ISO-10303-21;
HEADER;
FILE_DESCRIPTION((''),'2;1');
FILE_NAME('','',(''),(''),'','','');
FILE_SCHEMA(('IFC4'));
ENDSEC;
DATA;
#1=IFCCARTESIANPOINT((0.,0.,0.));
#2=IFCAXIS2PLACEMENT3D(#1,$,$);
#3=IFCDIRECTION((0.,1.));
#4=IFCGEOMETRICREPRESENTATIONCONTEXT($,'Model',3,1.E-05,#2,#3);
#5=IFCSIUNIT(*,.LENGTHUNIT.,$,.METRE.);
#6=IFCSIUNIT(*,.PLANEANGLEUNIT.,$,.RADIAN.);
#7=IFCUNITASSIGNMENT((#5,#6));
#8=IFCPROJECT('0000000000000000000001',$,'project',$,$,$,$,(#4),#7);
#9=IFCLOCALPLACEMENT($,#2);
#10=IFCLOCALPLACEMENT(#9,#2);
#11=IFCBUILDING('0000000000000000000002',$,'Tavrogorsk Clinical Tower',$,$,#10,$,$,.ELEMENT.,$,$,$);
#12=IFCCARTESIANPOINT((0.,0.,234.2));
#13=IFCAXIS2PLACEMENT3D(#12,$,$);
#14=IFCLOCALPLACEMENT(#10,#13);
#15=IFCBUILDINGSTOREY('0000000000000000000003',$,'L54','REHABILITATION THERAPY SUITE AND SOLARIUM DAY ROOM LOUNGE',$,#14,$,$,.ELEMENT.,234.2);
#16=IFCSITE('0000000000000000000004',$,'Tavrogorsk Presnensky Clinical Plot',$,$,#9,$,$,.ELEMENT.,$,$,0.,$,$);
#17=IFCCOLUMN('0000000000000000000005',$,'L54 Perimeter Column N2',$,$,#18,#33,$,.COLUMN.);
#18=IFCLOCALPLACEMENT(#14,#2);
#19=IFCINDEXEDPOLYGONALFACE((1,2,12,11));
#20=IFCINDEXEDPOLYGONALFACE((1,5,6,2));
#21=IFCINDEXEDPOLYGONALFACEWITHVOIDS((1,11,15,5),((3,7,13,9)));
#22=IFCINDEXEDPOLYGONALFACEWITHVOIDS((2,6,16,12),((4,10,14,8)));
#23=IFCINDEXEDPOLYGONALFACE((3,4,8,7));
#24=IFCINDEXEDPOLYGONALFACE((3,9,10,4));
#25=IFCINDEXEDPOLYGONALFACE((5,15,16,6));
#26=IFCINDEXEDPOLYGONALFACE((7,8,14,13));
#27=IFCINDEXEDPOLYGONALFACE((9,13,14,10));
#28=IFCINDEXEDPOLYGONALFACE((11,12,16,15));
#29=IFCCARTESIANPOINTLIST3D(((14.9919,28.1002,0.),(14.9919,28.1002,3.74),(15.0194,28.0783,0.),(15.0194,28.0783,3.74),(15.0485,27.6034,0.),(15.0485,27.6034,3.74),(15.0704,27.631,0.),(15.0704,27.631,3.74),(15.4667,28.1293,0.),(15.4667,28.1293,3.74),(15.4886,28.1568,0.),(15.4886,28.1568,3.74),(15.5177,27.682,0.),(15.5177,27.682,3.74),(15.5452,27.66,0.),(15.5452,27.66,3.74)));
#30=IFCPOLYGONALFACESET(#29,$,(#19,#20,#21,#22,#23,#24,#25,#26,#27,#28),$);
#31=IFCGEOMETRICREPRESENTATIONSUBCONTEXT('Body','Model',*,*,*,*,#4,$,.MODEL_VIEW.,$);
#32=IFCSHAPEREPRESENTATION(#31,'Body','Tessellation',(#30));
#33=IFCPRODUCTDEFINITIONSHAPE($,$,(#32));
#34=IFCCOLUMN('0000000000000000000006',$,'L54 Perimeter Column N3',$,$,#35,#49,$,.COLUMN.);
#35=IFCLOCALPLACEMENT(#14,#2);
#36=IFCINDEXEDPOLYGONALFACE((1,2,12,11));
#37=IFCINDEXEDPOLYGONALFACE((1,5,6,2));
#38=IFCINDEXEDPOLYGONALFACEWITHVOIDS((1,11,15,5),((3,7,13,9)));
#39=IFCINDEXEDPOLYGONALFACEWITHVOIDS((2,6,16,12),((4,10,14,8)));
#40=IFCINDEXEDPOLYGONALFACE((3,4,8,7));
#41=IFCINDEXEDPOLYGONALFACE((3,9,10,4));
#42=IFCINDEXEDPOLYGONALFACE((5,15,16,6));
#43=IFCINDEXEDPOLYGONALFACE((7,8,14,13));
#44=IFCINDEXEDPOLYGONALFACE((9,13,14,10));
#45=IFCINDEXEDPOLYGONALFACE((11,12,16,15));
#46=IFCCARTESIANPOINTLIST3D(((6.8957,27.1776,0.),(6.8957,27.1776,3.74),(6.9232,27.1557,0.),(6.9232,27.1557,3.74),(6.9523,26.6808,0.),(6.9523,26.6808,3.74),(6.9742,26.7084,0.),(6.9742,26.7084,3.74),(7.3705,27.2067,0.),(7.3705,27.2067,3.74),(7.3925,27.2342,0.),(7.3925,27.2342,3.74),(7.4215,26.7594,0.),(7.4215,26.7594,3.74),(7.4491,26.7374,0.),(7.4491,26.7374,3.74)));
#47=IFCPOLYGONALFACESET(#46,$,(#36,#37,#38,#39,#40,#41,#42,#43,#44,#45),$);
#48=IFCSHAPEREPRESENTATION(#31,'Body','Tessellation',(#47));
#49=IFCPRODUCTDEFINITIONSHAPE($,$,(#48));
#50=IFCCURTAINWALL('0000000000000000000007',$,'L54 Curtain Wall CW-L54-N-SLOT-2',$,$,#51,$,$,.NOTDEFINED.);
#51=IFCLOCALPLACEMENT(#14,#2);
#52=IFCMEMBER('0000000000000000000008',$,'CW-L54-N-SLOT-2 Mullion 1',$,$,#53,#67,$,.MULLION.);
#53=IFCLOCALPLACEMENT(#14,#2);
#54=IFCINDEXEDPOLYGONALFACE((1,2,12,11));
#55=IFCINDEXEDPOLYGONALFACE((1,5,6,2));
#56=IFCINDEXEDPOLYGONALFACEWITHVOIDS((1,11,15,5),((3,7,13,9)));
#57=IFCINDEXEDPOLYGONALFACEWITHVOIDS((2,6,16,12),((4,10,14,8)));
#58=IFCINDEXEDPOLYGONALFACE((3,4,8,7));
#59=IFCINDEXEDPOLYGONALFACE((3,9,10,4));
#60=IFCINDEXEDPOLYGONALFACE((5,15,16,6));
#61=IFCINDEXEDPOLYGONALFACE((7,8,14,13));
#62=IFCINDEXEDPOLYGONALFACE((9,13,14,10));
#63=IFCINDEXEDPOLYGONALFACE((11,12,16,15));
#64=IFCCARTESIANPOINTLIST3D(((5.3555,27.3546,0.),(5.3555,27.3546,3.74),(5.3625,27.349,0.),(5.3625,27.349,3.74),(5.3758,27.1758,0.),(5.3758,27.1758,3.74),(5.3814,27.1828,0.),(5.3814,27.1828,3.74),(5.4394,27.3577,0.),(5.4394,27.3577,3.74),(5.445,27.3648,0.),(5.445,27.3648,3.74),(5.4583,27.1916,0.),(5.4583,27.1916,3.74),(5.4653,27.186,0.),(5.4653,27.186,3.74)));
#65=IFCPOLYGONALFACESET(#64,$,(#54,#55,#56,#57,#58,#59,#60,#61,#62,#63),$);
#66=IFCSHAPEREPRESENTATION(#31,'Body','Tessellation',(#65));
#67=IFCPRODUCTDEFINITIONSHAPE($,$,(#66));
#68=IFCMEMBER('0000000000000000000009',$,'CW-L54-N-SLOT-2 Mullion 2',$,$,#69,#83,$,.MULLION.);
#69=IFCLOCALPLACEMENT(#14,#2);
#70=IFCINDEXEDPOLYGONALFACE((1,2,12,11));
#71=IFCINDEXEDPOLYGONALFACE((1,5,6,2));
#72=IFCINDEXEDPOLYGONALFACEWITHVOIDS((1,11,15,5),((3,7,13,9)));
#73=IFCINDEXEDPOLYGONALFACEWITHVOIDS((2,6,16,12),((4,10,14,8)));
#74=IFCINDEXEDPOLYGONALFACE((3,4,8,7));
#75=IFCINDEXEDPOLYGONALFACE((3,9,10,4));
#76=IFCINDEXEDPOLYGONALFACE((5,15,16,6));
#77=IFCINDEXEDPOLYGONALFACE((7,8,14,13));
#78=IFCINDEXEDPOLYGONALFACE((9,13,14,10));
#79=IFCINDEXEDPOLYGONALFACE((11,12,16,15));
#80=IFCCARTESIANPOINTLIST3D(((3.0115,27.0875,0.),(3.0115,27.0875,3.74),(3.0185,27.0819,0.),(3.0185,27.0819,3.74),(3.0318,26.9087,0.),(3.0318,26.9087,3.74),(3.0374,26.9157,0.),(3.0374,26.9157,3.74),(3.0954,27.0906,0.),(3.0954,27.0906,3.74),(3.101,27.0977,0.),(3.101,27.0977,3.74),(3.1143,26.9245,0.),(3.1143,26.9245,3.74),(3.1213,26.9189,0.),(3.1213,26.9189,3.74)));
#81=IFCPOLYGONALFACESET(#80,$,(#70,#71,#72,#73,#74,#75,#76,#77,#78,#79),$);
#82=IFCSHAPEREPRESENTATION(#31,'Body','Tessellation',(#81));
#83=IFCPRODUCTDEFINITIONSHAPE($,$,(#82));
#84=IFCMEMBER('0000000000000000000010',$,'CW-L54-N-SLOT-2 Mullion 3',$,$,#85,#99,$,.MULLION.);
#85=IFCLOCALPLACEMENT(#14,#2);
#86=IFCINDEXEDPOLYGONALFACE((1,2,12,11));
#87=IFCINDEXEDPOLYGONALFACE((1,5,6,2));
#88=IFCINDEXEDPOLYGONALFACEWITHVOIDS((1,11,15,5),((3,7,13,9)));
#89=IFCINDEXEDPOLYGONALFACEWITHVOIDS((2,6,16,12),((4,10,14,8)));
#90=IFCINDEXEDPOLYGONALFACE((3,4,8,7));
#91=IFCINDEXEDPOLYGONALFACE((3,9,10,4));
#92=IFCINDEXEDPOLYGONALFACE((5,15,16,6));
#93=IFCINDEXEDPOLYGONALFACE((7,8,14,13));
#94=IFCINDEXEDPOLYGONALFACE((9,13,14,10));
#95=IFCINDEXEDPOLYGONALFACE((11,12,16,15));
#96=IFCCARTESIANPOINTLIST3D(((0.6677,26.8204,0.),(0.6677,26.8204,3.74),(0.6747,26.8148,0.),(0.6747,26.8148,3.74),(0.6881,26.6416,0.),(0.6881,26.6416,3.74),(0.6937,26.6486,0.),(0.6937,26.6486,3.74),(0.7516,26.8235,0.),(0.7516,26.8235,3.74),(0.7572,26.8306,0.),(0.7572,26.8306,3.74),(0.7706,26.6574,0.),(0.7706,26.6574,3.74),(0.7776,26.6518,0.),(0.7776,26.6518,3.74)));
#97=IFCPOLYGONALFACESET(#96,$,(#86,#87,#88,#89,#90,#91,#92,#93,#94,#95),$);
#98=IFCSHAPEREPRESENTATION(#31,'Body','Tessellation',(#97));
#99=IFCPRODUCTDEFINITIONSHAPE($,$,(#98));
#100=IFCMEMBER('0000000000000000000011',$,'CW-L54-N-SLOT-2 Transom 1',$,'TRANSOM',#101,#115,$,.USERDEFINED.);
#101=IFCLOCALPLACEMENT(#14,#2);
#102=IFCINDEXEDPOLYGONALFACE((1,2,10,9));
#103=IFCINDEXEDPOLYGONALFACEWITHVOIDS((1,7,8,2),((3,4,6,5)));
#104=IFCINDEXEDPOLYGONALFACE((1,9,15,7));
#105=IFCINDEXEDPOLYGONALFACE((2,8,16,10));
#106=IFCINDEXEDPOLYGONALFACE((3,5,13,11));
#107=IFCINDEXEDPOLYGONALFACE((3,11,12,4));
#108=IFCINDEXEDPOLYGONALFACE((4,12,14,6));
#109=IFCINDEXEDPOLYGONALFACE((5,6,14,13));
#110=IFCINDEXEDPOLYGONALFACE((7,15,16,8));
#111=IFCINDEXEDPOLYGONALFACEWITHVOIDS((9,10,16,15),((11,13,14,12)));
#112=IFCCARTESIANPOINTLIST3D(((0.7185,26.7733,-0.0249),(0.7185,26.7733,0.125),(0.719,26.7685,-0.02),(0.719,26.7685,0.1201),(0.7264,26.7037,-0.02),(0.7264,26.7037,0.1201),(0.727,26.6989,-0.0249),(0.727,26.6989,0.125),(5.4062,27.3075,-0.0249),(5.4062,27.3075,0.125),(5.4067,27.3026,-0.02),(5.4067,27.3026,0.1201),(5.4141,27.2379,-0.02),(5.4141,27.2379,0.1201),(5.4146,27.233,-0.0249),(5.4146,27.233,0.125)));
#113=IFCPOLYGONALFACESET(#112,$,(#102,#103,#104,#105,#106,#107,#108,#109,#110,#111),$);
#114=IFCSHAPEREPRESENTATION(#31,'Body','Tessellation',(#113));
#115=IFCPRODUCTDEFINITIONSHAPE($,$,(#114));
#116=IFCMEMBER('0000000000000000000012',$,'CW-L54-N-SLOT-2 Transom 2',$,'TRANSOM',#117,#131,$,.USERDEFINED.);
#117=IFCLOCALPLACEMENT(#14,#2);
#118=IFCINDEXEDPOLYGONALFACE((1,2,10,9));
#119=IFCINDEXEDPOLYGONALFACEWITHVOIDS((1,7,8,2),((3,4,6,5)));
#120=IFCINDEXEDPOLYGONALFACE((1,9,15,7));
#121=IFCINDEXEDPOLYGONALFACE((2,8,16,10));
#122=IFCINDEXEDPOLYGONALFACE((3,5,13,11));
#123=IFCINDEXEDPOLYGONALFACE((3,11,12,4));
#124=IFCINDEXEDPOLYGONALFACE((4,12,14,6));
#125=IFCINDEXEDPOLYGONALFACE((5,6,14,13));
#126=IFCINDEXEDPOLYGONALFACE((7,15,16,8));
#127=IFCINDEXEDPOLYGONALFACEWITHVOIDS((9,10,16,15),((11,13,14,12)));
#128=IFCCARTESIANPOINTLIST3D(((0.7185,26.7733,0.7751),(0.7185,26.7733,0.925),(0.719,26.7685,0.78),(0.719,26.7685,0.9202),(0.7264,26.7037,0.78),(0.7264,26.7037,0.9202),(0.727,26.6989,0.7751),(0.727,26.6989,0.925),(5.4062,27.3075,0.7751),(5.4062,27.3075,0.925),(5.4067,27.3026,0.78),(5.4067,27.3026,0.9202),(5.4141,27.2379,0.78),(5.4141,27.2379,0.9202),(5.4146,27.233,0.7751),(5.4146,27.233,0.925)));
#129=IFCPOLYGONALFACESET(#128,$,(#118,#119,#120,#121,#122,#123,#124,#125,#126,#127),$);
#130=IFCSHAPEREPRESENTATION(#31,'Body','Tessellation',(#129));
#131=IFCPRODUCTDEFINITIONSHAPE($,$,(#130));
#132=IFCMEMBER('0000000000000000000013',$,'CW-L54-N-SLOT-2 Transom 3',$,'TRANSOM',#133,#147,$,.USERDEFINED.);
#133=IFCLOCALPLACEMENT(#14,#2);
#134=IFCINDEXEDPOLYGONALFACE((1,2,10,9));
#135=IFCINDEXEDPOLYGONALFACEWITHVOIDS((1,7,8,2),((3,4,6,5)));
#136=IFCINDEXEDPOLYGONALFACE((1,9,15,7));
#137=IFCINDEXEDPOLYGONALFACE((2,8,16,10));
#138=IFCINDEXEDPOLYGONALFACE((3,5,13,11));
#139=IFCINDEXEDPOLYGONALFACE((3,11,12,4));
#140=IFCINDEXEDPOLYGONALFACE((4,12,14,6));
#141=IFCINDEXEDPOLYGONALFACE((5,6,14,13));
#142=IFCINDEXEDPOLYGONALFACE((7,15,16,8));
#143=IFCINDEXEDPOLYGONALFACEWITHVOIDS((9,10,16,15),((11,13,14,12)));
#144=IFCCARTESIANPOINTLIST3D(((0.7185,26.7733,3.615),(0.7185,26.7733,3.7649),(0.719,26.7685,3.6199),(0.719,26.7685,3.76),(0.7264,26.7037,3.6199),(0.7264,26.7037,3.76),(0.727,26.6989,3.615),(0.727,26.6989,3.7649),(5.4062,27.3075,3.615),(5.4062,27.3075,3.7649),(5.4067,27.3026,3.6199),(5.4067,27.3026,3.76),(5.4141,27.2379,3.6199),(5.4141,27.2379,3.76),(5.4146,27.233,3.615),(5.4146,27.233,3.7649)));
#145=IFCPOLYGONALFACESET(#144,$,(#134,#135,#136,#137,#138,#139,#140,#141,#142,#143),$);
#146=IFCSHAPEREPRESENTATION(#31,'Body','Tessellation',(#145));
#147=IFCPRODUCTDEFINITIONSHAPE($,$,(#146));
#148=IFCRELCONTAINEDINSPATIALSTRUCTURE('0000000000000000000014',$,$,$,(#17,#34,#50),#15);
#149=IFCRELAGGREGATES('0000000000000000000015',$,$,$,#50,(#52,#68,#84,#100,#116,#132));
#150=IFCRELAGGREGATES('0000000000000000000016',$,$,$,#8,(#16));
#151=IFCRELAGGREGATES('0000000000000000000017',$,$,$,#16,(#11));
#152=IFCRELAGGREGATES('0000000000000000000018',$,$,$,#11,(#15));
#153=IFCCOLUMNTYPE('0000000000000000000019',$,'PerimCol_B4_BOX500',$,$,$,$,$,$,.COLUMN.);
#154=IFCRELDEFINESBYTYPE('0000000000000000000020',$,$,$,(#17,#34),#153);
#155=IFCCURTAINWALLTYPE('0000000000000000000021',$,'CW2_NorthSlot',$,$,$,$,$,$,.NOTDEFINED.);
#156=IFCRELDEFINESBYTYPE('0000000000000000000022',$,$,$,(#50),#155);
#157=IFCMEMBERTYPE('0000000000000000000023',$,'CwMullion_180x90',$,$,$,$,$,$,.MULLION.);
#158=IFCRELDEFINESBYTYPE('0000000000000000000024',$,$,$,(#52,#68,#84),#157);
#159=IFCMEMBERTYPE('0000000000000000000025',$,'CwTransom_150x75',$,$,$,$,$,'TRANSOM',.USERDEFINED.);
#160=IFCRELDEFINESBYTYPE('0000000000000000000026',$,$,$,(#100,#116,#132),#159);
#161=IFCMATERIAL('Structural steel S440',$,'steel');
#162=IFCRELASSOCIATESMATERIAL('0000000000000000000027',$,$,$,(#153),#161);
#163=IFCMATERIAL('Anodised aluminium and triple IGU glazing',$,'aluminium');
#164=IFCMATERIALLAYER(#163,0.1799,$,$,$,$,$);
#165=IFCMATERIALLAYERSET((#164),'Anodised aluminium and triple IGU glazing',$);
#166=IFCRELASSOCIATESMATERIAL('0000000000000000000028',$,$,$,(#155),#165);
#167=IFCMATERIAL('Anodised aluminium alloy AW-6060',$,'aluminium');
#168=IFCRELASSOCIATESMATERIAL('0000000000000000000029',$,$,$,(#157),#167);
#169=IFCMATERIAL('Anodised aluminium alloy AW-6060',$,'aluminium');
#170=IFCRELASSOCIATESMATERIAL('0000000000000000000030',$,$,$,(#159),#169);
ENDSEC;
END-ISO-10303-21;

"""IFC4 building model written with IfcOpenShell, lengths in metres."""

from ifc_helpers import new_model, si_unit, direction, frame, origin, origin_2d, place, context, subcontext, project, spatial, hollow_rectangle, extrude, material, layer, layer_set, material_profile, profile_set, type_object, element, aggregate, save


model = new_model("IFC4")

# Units and contexts
model_context = context("Model", 3, precision=1e-05, world=origin(), true_north=direction((0.0, 1.0)))
body_context = subcontext(model_context, "Body", "Model", "MODEL_VIEW")
ifc_project = project(units=[si_unit("LENGTHUNIT", "METRE"), si_unit("PLANEANGLEUNIT", "RADIAN")], contexts=[model_context])

# Site, building, storey
site_placement = place(None, origin())
site = spatial("IfcSite", under=ifc_project, at=site_placement, Name="Tavrogorsk Presnensky Clinical Plot", CompositionType="ELEMENT", RefElevation=0.0)
building_placement = place(site_placement, origin())
building = spatial("IfcBuilding", under=site, at=building_placement, Name="Tavrogorsk Clinical Tower", CompositionType="ELEMENT")
storey_placement = place(building_placement, frame((0.0, 0.0, 234.2)))
storey = spatial("IfcBuildingStorey", under=building, at=storey_placement, Name="L54", Description="REHABILITATION THERAPY SUITE AND SOLARIUM DAY ROOM LOUNGE", CompositionType="ELEMENT", Elevation=234.2)

# Columns
ifc_material_1 = material(Name="Structural steel S440", Category="steel")
ifc_material_profile_1 = material_profile(ifc_material_1, hollow_rectangle(XDim=0.5, YDim=0.5, WallThickness=0.0249, at=origin_2d()), Name="BOX-500x500x25")
ifc_profile_set_1 = profile_set([ifc_material_profile_1], Name="Structural steel S440")
column_type = type_object("IfcColumnType", Name="PerimCol_B4_BOX500", PredefinedType="COLUMN", material=ifc_profile_set_1)
for number, where, z_axis, x_axis, name in (
    (1, (15.2686, 27.8801, 0.0), (0.0, 0.0, 1.0), (0.993572, 0.113203, 0.0), "L54 Perimeter Column N2"),
    (2, (7.1724, 26.9575, 0.0), (0.0, 0.0, 1.0), (0.993572, 0.113203, 0.0), "L54 Perimeter Column N3"),
):
    element("IfcColumn", number, at=place(storey_placement, frame(where, z_axis=z_axis, x_axis=x_axis)), inside=storey, type_object=column_type, Name=name, PredefinedType="COLUMN", context=body_context, shape_type="SweptSolid", body=[
        extrude(hollow_rectangle(XDim=0.5, YDim=0.5, WallThickness=0.0249, at=origin_2d()), origin(), (0.0, 0.0, 1.0), 3.74),
    ])

# Curtain wall, members
ifc_material_2 = material(Name="Anodised aluminium and triple IGU glazing", Category="aluminium")
ifc_layer_1 = layer(ifc_material_2, 0.1799)
ifc_layer_set_1 = layer_set([ifc_layer_1], Name="Anodised aluminium and triple IGU glazing")
curtain_wall_type = type_object("IfcCurtainWallType", Name="CW2_NorthSlot", PredefinedType="NOTDEFINED", material=ifc_layer_set_1)
curtain_wall_placement = place(storey_placement, origin())
curtain_wall = element("IfcCurtainWall", 3, at=curtain_wall_placement, inside=storey, type_object=curtain_wall_type, Name="L54 Curtain Wall CW-L54-N-SLOT-2", PredefinedType="NOTDEFINED")
ifc_material_3 = material(Name="Anodised aluminium alloy AW-6060", Category="aluminium")
ifc_material_profile_2 = material_profile(ifc_material_3, hollow_rectangle(XDim=0.0901, YDim=0.1799, WallThickness=0.0063, at=origin_2d()), Name="RHS-180x90x6.3")
ifc_profile_set_2 = profile_set([ifc_material_profile_2], Name="Anodised aluminium alloy AW-6060")
member_type_1 = type_object("IfcMemberType", Name="CwMullion_180x90", PredefinedType="MULLION", material=ifc_profile_set_2)
member_1_placement = place(storey_placement, frame((5.4104, 27.2703, 0.0), z_axis=(0.0, 0.0, 1.0), x_axis=(-0.993572, -0.113203, 0.0)))
member_1 = element("IfcMember", 4, at=member_1_placement, type_object=member_type_1, Name="CW-L54-N-SLOT-2 Mullion 1", PredefinedType="MULLION", context=body_context, shape_type="SweptSolid", body=[
    extrude(hollow_rectangle(XDim=0.0901, YDim=0.1799, WallThickness=0.0063, at=origin_2d()), origin(), (0.0, 0.0, 1.0), 3.74),
])
member_2_placement = place(storey_placement, frame((3.0664, 27.0032, 0.0), z_axis=(0.0, 0.0, 1.0), x_axis=(-0.993572, -0.113203, 0.0)))
member_2 = element("IfcMember", 5, at=member_2_placement, type_object=member_type_1, Name="CW-L54-N-SLOT-2 Mullion 2", PredefinedType="MULLION", context=body_context, shape_type="SweptSolid", body=[
    extrude(hollow_rectangle(XDim=0.0901, YDim=0.1799, WallThickness=0.0063, at=origin_2d()), origin(), (0.0, 0.0, 1.0), 3.74),
])
member_3_placement = place(storey_placement, frame((0.7227, 26.7361, 0.0), z_axis=(0.0, 0.0, 1.0), x_axis=(-0.993572, -0.113203, 0.0)))
member_3 = element("IfcMember", 6, at=member_3_placement, type_object=member_type_1, Name="CW-L54-N-SLOT-2 Mullion 3", PredefinedType="MULLION", context=body_context, shape_type="SweptSolid", body=[
    extrude(hollow_rectangle(XDim=0.0901, YDim=0.1799, WallThickness=0.0063, at=origin_2d()), origin(), (0.0, 0.0, 1.0), 3.74),
])
ifc_material_4 = material(Name="Anodised aluminium alloy AW-6060", Category="aluminium")
ifc_material_profile_3 = material_profile(ifc_material_4, hollow_rectangle(XDim=0.075, YDim=0.1499, WallThickness=0.0049, at=origin_2d()), Name="RHS-150x75x5")
ifc_profile_set_3 = profile_set([ifc_material_profile_3], Name="Anodised aluminium alloy AW-6060")
member_type_2 = type_object("IfcMemberType", Name="CwTransom_150x75", ElementType="TRANSOM", PredefinedType="USERDEFINED", material=ifc_profile_set_3)
member_4_placement = place(storey_placement, frame((5.4104, 27.2703, 0.05), z_axis=(-0.99357, -0.11322, 0.0), x_axis=(0.11322, -0.99357, 0.0)))
member_4 = element("IfcMember", 7, at=member_4_placement, type_object=member_type_2, Name="CW-L54-N-SLOT-2 Transom 1", ObjectType="TRANSOM", PredefinedType="USERDEFINED", context=body_context, shape_type="SweptSolid", body=[
    extrude(hollow_rectangle(XDim=0.075, YDim=0.1499, WallThickness=0.0049, at=origin_2d()), origin(), (0.0, 0.0, 1.0), 4.718),
])
member_5_placement = place(storey_placement, frame((5.4104, 27.2703, 0.8501), z_axis=(-0.99357, -0.11322, 0.0), x_axis=(0.11322, -0.99357, 0.0)))
member_5 = element("IfcMember", 8, at=member_5_placement, type_object=member_type_2, Name="CW-L54-N-SLOT-2 Transom 2", ObjectType="TRANSOM", PredefinedType="USERDEFINED", context=body_context, shape_type="SweptSolid", body=[
    extrude(hollow_rectangle(XDim=0.075, YDim=0.1499, WallThickness=0.0049, at=origin_2d()), origin(), (0.0, 0.0, 1.0), 4.718),
])
member_6_placement = place(storey_placement, frame((5.4104, 27.2703, 3.6899), z_axis=(-0.99357, -0.11322, 0.0), x_axis=(0.11322, -0.99357, 0.0)))
member_6 = element("IfcMember", 9, at=member_6_placement, type_object=member_type_2, Name="CW-L54-N-SLOT-2 Transom 3", ObjectType="TRANSOM", PredefinedType="USERDEFINED", context=body_context, shape_type="SweptSolid", body=[
    extrude(hollow_rectangle(XDim=0.075, YDim=0.1499, WallThickness=0.0049, at=origin_2d()), origin(), (0.0, 0.0, 1.0), 4.718),
])

aggregate(curtain_wall, [member_1, member_2, member_3, member_4, member_5, member_6])

save(model, "model.ifc")
